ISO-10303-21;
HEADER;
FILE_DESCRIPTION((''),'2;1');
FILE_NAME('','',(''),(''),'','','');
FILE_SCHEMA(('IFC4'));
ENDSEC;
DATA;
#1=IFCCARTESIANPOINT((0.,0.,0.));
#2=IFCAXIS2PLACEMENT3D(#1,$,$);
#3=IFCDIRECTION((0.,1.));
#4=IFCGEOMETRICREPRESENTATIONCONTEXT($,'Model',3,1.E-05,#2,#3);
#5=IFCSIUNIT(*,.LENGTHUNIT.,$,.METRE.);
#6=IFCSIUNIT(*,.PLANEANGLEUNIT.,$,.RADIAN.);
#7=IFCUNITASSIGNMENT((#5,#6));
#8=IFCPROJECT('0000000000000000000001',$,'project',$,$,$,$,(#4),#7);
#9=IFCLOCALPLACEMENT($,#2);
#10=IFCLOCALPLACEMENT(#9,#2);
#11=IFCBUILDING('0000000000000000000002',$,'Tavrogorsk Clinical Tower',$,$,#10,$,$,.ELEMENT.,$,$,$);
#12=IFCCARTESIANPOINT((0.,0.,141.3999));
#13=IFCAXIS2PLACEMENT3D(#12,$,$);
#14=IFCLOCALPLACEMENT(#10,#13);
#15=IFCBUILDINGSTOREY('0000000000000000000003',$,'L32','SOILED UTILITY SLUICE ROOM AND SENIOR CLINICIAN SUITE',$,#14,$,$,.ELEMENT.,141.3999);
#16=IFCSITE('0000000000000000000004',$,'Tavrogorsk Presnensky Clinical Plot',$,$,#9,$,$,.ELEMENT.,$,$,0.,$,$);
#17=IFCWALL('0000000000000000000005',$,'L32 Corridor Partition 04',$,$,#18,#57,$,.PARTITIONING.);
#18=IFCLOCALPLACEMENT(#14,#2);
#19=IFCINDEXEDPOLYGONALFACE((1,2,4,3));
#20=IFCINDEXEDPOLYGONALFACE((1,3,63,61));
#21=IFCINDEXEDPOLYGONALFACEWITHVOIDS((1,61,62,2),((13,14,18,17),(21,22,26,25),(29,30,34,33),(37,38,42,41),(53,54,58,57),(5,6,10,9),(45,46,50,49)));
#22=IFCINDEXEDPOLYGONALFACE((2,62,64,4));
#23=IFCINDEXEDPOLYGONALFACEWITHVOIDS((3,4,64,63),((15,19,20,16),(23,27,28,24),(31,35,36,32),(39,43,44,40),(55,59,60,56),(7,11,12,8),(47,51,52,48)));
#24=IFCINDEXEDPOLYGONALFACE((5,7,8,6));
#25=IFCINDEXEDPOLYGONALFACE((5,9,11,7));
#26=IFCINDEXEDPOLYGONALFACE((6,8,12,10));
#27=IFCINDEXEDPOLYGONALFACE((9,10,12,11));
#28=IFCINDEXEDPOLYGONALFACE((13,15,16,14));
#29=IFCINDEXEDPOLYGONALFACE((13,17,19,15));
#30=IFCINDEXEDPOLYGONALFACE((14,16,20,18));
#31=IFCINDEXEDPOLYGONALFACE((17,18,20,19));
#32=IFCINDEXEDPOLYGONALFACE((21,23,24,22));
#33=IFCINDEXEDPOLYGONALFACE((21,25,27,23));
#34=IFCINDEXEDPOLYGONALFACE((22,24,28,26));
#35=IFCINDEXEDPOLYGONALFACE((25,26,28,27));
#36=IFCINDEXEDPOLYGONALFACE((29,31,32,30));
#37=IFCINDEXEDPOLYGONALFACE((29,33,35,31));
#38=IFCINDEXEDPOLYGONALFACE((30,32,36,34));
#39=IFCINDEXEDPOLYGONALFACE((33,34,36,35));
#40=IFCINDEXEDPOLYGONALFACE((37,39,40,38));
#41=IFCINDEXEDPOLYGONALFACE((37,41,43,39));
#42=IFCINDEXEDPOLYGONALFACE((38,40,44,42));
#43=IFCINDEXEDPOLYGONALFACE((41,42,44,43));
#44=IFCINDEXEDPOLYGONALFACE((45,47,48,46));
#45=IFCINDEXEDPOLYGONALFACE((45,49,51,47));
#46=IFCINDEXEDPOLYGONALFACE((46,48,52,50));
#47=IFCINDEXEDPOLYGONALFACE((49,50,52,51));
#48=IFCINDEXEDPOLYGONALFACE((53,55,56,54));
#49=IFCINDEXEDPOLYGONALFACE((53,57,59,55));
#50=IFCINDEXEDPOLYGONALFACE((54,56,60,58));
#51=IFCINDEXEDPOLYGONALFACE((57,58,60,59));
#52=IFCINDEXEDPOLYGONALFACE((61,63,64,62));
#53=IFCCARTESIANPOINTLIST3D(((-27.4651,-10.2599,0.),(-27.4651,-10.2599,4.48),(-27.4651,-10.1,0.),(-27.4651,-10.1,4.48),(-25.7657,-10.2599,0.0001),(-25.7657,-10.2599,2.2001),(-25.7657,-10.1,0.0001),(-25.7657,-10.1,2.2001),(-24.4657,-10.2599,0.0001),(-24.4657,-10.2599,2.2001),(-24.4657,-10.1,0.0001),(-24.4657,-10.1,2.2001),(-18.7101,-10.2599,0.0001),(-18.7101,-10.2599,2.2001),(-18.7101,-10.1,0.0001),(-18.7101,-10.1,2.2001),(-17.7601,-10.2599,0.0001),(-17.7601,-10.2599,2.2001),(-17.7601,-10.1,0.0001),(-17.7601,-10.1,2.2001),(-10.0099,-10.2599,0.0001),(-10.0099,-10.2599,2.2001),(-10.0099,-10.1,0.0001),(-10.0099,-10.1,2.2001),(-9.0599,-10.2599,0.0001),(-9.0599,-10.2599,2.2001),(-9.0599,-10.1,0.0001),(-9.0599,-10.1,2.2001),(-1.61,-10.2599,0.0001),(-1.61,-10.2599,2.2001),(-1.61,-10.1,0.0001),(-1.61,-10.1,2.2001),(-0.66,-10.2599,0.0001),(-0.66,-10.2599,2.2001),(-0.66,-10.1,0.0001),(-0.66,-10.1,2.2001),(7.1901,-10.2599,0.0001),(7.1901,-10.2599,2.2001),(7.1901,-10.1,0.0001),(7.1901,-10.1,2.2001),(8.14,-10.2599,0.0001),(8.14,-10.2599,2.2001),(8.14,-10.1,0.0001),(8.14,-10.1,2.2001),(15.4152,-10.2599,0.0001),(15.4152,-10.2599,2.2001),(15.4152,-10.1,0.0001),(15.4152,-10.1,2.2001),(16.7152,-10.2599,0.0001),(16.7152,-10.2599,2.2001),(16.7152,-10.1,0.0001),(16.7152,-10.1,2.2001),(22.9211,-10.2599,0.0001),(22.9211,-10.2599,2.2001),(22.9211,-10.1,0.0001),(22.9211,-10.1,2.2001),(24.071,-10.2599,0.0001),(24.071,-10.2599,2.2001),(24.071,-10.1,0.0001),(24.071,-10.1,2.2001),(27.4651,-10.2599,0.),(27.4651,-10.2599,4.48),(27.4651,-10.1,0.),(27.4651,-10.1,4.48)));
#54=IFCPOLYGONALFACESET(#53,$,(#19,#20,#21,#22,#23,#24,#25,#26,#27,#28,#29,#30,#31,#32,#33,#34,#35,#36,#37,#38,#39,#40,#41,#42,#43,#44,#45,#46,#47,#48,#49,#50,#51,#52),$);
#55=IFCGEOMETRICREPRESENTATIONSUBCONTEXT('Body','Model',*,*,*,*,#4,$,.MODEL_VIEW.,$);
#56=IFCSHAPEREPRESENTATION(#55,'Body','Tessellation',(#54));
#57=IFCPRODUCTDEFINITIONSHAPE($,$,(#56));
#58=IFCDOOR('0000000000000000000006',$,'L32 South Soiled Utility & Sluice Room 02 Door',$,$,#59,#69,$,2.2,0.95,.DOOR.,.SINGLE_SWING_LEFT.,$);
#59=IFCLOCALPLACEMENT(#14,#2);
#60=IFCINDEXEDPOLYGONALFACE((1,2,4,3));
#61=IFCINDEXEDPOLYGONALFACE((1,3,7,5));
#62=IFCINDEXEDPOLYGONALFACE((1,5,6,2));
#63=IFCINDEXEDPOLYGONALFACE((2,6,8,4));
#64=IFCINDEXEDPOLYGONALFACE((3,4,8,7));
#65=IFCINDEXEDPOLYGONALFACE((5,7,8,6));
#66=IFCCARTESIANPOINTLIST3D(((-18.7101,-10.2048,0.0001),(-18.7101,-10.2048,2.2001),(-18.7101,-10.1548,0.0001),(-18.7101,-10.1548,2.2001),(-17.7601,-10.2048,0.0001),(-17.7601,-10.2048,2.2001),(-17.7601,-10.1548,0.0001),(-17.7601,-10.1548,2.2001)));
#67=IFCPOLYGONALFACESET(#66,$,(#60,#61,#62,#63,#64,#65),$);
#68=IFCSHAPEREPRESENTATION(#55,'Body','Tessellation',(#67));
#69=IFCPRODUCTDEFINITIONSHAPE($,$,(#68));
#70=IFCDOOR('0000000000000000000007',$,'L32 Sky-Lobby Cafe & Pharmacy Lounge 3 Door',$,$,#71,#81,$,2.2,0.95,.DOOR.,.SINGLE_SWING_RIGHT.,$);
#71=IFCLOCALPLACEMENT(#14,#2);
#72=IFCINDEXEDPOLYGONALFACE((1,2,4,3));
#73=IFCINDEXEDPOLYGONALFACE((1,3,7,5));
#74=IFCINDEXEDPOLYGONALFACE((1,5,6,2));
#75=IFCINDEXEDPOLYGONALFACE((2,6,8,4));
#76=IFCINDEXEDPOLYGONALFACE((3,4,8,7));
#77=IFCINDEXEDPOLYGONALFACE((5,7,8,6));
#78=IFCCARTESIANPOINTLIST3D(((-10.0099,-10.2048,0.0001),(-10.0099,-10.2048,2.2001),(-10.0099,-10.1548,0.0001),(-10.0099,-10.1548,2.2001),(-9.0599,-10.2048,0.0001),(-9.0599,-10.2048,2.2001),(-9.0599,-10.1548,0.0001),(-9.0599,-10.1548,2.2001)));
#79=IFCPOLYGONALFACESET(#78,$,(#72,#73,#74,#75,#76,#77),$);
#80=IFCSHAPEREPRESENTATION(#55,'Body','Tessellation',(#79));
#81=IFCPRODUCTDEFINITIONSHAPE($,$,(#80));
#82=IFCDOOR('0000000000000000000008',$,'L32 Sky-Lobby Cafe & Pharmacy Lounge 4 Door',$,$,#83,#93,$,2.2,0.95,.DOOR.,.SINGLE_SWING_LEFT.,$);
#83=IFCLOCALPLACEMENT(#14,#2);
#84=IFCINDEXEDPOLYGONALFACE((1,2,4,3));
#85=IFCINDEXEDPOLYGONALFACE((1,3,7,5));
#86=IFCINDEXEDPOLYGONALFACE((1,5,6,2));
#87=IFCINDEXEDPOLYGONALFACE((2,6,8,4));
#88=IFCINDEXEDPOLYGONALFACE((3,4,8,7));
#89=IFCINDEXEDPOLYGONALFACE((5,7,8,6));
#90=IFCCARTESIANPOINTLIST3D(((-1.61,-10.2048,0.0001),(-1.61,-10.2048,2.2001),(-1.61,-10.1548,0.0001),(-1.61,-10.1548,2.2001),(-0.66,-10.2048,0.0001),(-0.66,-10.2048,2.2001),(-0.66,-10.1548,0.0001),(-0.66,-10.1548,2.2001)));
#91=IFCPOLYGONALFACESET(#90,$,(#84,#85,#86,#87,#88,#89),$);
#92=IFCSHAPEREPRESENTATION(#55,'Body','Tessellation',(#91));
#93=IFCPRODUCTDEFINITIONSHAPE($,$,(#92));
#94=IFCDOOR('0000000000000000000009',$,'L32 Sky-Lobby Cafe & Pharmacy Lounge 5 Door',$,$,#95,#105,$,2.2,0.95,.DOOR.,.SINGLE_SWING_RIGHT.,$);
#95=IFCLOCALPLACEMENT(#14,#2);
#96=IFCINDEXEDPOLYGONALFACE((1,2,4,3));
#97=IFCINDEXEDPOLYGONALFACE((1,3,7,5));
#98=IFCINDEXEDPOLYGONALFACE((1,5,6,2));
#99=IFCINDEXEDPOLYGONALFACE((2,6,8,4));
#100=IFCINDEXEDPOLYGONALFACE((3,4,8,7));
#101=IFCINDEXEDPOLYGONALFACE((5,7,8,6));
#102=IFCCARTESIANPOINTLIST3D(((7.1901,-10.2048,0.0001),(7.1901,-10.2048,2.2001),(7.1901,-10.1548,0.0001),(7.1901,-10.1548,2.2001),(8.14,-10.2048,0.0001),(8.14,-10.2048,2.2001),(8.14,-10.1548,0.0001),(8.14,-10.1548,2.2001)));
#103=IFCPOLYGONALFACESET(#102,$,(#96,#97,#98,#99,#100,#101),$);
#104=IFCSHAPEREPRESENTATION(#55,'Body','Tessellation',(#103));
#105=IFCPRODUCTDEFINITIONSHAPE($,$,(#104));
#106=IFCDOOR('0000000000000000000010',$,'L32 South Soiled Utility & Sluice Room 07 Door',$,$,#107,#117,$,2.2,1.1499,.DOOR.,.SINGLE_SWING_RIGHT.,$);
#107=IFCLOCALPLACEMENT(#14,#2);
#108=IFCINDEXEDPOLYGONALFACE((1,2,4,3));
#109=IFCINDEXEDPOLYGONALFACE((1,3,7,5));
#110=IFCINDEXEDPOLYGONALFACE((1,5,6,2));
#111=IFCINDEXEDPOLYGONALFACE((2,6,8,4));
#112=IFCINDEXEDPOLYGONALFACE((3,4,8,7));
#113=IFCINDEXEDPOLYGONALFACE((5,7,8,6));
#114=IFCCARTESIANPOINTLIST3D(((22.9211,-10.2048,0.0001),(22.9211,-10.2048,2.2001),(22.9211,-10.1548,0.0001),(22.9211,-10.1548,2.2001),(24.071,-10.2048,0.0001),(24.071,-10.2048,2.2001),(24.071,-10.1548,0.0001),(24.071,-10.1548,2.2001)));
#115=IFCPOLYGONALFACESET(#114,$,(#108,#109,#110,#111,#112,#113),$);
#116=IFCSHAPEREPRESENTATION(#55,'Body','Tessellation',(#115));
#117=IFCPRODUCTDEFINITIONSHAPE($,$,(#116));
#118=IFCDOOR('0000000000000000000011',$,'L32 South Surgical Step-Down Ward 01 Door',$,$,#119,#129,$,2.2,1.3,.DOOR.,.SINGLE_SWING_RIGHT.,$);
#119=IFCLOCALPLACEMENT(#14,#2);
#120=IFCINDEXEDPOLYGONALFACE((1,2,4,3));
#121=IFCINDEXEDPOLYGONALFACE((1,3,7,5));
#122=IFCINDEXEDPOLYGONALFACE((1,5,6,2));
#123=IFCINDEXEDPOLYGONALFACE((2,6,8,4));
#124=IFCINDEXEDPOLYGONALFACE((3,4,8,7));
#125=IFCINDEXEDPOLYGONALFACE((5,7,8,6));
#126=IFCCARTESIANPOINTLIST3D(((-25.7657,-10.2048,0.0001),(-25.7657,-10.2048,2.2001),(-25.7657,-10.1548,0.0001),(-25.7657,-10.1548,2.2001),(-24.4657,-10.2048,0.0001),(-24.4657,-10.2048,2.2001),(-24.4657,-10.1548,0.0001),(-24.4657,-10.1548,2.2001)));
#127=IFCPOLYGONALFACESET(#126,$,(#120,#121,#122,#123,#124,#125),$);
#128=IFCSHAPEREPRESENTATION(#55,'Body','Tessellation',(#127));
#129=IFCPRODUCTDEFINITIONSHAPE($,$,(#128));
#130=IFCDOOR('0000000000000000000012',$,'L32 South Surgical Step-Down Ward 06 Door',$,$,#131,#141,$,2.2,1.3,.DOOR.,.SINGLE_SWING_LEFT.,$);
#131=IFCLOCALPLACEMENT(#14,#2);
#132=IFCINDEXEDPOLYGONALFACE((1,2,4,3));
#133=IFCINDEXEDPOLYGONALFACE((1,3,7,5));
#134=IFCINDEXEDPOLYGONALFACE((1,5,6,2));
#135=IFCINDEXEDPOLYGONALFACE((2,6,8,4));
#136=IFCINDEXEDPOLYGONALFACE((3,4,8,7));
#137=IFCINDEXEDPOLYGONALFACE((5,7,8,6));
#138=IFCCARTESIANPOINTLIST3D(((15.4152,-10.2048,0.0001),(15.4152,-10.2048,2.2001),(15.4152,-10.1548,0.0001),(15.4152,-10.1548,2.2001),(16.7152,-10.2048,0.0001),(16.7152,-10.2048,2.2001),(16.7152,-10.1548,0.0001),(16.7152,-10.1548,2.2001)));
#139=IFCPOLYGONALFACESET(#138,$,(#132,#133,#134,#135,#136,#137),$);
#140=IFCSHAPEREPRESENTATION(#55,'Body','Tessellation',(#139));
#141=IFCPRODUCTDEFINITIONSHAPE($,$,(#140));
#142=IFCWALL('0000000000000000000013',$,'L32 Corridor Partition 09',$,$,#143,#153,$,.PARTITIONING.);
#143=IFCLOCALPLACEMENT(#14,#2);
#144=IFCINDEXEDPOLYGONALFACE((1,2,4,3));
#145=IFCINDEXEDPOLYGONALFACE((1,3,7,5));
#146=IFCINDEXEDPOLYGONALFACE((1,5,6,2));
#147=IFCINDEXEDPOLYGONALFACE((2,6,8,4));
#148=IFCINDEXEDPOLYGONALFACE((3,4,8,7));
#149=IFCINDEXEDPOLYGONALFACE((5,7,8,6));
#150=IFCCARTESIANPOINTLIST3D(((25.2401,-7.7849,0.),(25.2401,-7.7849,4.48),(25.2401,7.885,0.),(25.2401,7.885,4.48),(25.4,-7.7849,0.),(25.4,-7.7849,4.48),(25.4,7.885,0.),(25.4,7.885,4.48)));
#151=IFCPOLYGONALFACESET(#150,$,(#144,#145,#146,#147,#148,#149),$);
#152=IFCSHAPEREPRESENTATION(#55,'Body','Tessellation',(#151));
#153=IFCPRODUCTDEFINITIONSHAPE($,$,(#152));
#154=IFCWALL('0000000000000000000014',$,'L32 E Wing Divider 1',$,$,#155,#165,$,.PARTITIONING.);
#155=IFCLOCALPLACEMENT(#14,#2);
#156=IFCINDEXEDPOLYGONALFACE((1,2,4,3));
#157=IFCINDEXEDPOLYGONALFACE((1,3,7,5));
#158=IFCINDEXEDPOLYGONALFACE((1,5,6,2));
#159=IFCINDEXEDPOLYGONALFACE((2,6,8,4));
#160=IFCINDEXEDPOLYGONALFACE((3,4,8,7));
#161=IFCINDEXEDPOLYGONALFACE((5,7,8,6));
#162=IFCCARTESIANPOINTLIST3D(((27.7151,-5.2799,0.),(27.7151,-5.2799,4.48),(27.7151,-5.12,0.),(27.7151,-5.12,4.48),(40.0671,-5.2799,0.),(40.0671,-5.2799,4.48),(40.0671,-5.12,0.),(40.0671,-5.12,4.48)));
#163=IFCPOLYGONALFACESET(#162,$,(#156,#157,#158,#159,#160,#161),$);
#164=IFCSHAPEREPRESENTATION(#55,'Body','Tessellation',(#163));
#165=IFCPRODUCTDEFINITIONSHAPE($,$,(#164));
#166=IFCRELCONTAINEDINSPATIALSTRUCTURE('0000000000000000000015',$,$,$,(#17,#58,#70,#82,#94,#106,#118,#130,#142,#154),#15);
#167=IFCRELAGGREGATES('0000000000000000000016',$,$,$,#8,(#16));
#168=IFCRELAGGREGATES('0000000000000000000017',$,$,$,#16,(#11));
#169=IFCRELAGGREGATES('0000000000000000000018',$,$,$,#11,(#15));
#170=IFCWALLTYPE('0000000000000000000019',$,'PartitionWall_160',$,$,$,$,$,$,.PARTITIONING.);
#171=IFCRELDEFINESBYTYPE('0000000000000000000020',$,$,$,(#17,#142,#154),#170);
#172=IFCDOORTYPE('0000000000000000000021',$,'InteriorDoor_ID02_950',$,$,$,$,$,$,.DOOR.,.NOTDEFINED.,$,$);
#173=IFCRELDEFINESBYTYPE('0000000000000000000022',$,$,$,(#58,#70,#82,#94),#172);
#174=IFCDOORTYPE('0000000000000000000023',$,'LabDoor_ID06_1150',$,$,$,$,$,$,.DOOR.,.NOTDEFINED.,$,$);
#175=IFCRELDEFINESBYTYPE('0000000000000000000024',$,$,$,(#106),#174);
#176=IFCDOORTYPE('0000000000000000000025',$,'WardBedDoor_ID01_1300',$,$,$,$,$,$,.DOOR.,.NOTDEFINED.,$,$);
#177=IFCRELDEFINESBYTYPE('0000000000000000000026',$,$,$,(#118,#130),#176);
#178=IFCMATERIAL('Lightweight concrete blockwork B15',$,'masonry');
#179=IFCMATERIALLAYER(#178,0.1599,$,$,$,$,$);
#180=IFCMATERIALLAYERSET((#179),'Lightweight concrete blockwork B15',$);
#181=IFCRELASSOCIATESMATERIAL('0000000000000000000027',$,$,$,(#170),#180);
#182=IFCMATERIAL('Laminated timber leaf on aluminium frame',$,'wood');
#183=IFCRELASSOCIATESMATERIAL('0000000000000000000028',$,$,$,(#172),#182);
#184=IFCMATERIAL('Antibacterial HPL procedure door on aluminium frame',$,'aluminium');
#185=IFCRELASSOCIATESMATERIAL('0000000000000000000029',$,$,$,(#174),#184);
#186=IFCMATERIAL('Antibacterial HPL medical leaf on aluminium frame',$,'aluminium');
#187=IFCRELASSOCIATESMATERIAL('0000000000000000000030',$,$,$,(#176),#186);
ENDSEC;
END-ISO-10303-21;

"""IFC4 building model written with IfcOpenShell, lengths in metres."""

from ifc_helpers import new_model, si_unit, direction, frame, frame_2d, origin, place, context, subcontext, project, spatial, rectangle, extrude, material, layer, layer_set, type_object, element, fill, save


model = new_model("IFC4")

# Units and contexts
model_context = context("Model", 3, precision=1e-05, world=origin(), true_north=direction((0.0, 1.0)))
body_context = subcontext(model_context, "Body", "Model", "MODEL_VIEW")
ifc_project = project(units=[si_unit("LENGTHUNIT", "METRE"), si_unit("PLANEANGLEUNIT", "RADIAN")], contexts=[model_context])

# Site, building, storey
site_placement = place(None, origin())
site = spatial("IfcSite", under=ifc_project, at=site_placement, Name="Tavrogorsk Presnensky Clinical Plot", CompositionType="ELEMENT", RefElevation=0.0)
building_placement = place(site_placement, origin())
building = spatial("IfcBuilding", under=site, at=building_placement, Name="Tavrogorsk Clinical Tower", CompositionType="ELEMENT")
storey_placement = place(building_placement, frame((0.0, 0.0, 141.3999)))
storey = spatial("IfcBuildingStorey", under=building, at=storey_placement, Name="L32", Description="SOILED UTILITY SLUICE ROOM AND SENIOR CLINICIAN SUITE", CompositionType="ELEMENT", Elevation=141.3999)

# Wall, openings, doors
ifc_material_1 = material(Name="Lightweight concrete blockwork B15", Category="masonry")
ifc_layer_1 = layer(ifc_material_1, 0.1599)
ifc_layer_set_1 = layer_set([ifc_layer_1], Name="Lightweight concrete blockwork B15")
wall_type_1 = type_object("IfcWallType", Name="PartitionWall_160", PredefinedType="PARTITIONING", material=ifc_layer_set_1)
wall_1_placement = place(storey_placement, frame((27.4651, -10.1799, 0.0), z_axis=(0.0, 0.0, 1.0), x_axis=(-1.0, 0.0, 0.0)))
wall_1 = element("IfcWall", 1, at=wall_1_placement, inside=storey, type_object=wall_type_1, Name="L32 Corridor Partition 04", PredefinedType="PARTITIONING", context=body_context, shape_type="SweptSolid", body=[
    extrude(rectangle(XDim=54.9302, YDim=0.1599, at=frame_2d((27.4651, 0.0))), origin(), (0.0, 0.0, 1.0), 4.48),
])
opening_1_placement = place(wall_1_placement, frame((51.9309, 0.0, 0.0)))
opening_1 = element("IfcOpeningElement", 2, at=opening_1_placement, cuts=wall_1, PredefinedType="OPENING", context=body_context, shape_type="SweptSolid", body=[
    extrude(rectangle(XDim=1.3, YDim=2.2, at=frame_2d((0.6499, 1.1001))), frame((0.0, 0.0898, 0.0), z_axis=(0.0, -1.0, 0.0), x_axis=(1.0, 0.0, 0.0)), (0.0, 0.0, 1.0), 0.1799),
])
opening_2_placement = place(wall_1_placement, frame((45.2251, 0.0, 0.0)))
opening_2 = element("IfcOpeningElement", 3, at=opening_2_placement, cuts=wall_1, PredefinedType="OPENING", context=body_context, shape_type="SweptSolid", body=[
    extrude(rectangle(XDim=0.95, YDim=2.2, at=frame_2d((0.4751, 1.1001))), frame((0.0, 0.0898, 0.0), z_axis=(0.0, -1.0, 0.0), x_axis=(1.0, 0.0, 0.0)), (0.0, 0.0, 1.0), 0.1799),
])
opening_3_placement = place(wall_1_placement, frame((36.5249, 0.0, 0.0)))
opening_3 = element("IfcOpeningElement", 4, at=opening_3_placement, cuts=wall_1, PredefinedType="OPENING", context=body_context, shape_type="SweptSolid", body=[
    extrude(rectangle(XDim=0.95, YDim=2.2, at=frame_2d((0.4751, 1.1001))), frame((0.0, 0.0898, 0.0), z_axis=(0.0, -1.0, 0.0), x_axis=(1.0, 0.0, 0.0)), (0.0, 0.0, 1.0), 0.1799),
])
opening_4_placement = place(wall_1_placement, frame((28.125, 0.0, 0.0)))
opening_4 = element("IfcOpeningElement", 5, at=opening_4_placement, cuts=wall_1, PredefinedType="OPENING", context=body_context, shape_type="SweptSolid", body=[
    extrude(rectangle(XDim=0.95, YDim=2.2, at=frame_2d((0.4751, 1.1001))), frame((0.0, 0.0898, 0.0), z_axis=(0.0, -1.0, 0.0), x_axis=(1.0, 0.0, 0.0)), (0.0, 0.0, 1.0), 0.1799),
])
opening_5_placement = place(wall_1_placement, frame((19.325, 0.0, 0.0)))
opening_5 = element("IfcOpeningElement", 6, at=opening_5_placement, cuts=wall_1, PredefinedType="OPENING", context=body_context, shape_type="SweptSolid", body=[
    extrude(rectangle(XDim=0.95, YDim=2.2, at=frame_2d((0.4751, 1.1001))), frame((0.0, 0.0898, 0.0), z_axis=(0.0, -1.0, 0.0), x_axis=(1.0, 0.0, 0.0)), (0.0, 0.0, 1.0), 0.1799),
])
opening_6_placement = place(wall_1_placement, frame((10.75, 0.0, 0.0)))
opening_6 = element("IfcOpeningElement", 7, at=opening_6_placement, cuts=wall_1, PredefinedType="OPENING", context=body_context, shape_type="SweptSolid", body=[
    extrude(rectangle(XDim=1.3, YDim=2.2, at=frame_2d((0.6499, 1.1001))), frame((0.0, 0.0898, 0.0), z_axis=(0.0, -1.0, 0.0), x_axis=(1.0, 0.0, 0.0)), (0.0, 0.0, 1.0), 0.1799),
])
opening_7_placement = place(wall_1_placement, frame((3.394, 0.0, 0.0)))
opening_7 = element("IfcOpeningElement", 8, at=opening_7_placement, cuts=wall_1, PredefinedType="OPENING", context=body_context, shape_type="SweptSolid", body=[
    extrude(rectangle(XDim=1.1499, YDim=2.2, at=frame_2d((0.575, 1.1001))), frame((0.0, 0.0898, 0.0), z_axis=(0.0, -1.0, 0.0), x_axis=(1.0, 0.0, 0.0)), (0.0, 0.0, 1.0), 0.1799),
])
ifc_material_2 = material(Name="Laminated timber leaf on aluminium frame", Category="wood")
door_type_1 = type_object("IfcDoorType", Name="InteriorDoor_ID02_950", OperationType="NOTDEFINED", PredefinedType="DOOR", material=ifc_material_2)
door_1_placement = place(opening_2_placement, origin())
door_1 = element("IfcDoor", 9, at=door_1_placement, inside=storey, type_object=door_type_1, Name="L32 South Soiled Utility & Sluice Room 02 Door", OperationType="SINGLE_SWING_LEFT", OverallHeight=2.2, OverallWidth=0.95, PredefinedType="DOOR", context=body_context, shape_type="SweptSolid", body=[
    extrude(rectangle(XDim=0.95, YDim=2.2, at=frame_2d((0.4751, 1.1001))), frame((0.0, 0.0249, 0.0), z_axis=(0.0, -1.0, 0.0), x_axis=(1.0, 0.0, 0.0)), (0.0, 0.0, 1.0), 0.05),
])
fill(opening_2, door_1)
door_2_placement = place(opening_3_placement, origin())
door_2 = element("IfcDoor", 10, at=door_2_placement, inside=storey, type_object=door_type_1, Name="L32 Sky-Lobby Cafe & Pharmacy Lounge 3 Door", OperationType="SINGLE_SWING_RIGHT", OverallHeight=2.2, OverallWidth=0.95, PredefinedType="DOOR", context=body_context, shape_type="SweptSolid", body=[
    extrude(rectangle(XDim=0.95, YDim=2.2, at=frame_2d((0.4751, 1.1001))), frame((0.0, 0.0249, 0.0), z_axis=(0.0, -1.0, 0.0), x_axis=(1.0, 0.0, 0.0)), (0.0, 0.0, 1.0), 0.05),
])
fill(opening_3, door_2)
door_3_placement = place(opening_4_placement, origin())
door_3 = element("IfcDoor", 11, at=door_3_placement, inside=storey, type_object=door_type_1, Name="L32 Sky-Lobby Cafe & Pharmacy Lounge 4 Door", OperationType="SINGLE_SWING_LEFT", OverallHeight=2.2, OverallWidth=0.95, PredefinedType="DOOR", context=body_context, shape_type="SweptSolid", body=[
    extrude(rectangle(XDim=0.95, YDim=2.2, at=frame_2d((0.4751, 1.1001))), frame((0.0, 0.0249, 0.0), z_axis=(0.0, -1.0, 0.0), x_axis=(1.0, 0.0, 0.0)), (0.0, 0.0, 1.0), 0.05),
])
fill(opening_4, door_3)
door_4_placement = place(opening_5_placement, origin())
door_4 = element("IfcDoor", 12, at=door_4_placement, inside=storey, type_object=door_type_1, Name="L32 Sky-Lobby Cafe & Pharmacy Lounge 5 Door", OperationType="SINGLE_SWING_RIGHT", OverallHeight=2.2, OverallWidth=0.95, PredefinedType="DOOR", context=body_context, shape_type="SweptSolid", body=[
    extrude(rectangle(XDim=0.95, YDim=2.2, at=frame_2d((0.4751, 1.1001))), frame((0.0, 0.0249, 0.0), z_axis=(0.0, -1.0, 0.0), x_axis=(1.0, 0.0, 0.0)), (0.0, 0.0, 1.0), 0.05),
])
fill(opening_5, door_4)
ifc_material_3 = material(Name="Antibacterial HPL procedure door on aluminium frame", Category="aluminium")
door_type_2 = type_object("IfcDoorType", Name="LabDoor_ID06_1150", OperationType="NOTDEFINED", PredefinedType="DOOR", material=ifc_material_3)
door_5_placement = place(opening_7_placement, origin())
door_5 = element("IfcDoor", 13, at=door_5_placement, inside=storey, type_object=door_type_2, Name="L32 South Soiled Utility & Sluice Room 07 Door", OperationType="SINGLE_SWING_RIGHT", OverallHeight=2.2, OverallWidth=1.1499, PredefinedType="DOOR", context=body_context, shape_type="SweptSolid", body=[
    extrude(rectangle(XDim=1.1499, YDim=2.2, at=frame_2d((0.575, 1.1001))), frame((0.0, 0.0249, 0.0), z_axis=(0.0, -1.0, 0.0), x_axis=(1.0, 0.0, 0.0)), (0.0, 0.0, 1.0), 0.05),
])
fill(opening_7, door_5)
ifc_material_4 = material(Name="Antibacterial HPL medical leaf on aluminium frame", Category="aluminium")
door_type_3 = type_object("IfcDoorType", Name="WardBedDoor_ID01_1300", OperationType="NOTDEFINED", PredefinedType="DOOR", material=ifc_material_4)
door_6_placement = place(opening_1_placement, origin())
door_6 = element("IfcDoor", 14, at=door_6_placement, inside=storey, type_object=door_type_3, Name="L32 South Surgical Step-Down Ward 01 Door", OperationType="SINGLE_SWING_RIGHT", OverallHeight=2.2, OverallWidth=1.3, PredefinedType="DOOR", context=body_context, shape_type="SweptSolid", body=[
    extrude(rectangle(XDim=1.3, YDim=2.2, at=frame_2d((0.6499, 1.1001))), frame((0.0, 0.0249, 0.0), z_axis=(0.0, -1.0, 0.0), x_axis=(1.0, 0.0, 0.0)), (0.0, 0.0, 1.0), 0.05),
])
fill(opening_1, door_6)
door_7_placement = place(opening_6_placement, origin())
door_7 = element("IfcDoor", 15, at=door_7_placement, inside=storey, type_object=door_type_3, Name="L32 South Surgical Step-Down Ward 06 Door", OperationType="SINGLE_SWING_LEFT", OverallHeight=2.2, OverallWidth=1.3, PredefinedType="DOOR", context=body_context, shape_type="SweptSolid", body=[
    extrude(rectangle(XDim=1.3, YDim=2.2, at=frame_2d((0.6499, 1.1001))), frame((0.0, 0.0249, 0.0), z_axis=(0.0, -1.0, 0.0), x_axis=(1.0, 0.0, 0.0)), (0.0, 0.0, 1.0), 0.05),
])
fill(opening_6, door_7)

# Walls
wall_2_placement = place(storey_placement, frame((25.3201, -7.7849, 0.0), z_axis=(0.0, 0.0, 1.0), x_axis=(0.0, 1.0, 0.0)))
element("IfcWall", 16, at=wall_2_placement, inside=storey, type_object=wall_type_1, Name="L32 Corridor Partition 09", PredefinedType="PARTITIONING", context=body_context, shape_type="SweptSolid", body=[
    extrude(rectangle(XDim=15.6699, YDim=0.1599, at=frame_2d((7.835, 0.0))), origin(), (0.0, 0.0, 1.0), 4.48),
])
wall_3_placement = place(storey_placement, frame((27.7151, -5.2, 0.0), z_axis=(0.0, 0.0, 1.0), x_axis=(1.0, 0.0, 0.0)))
element("IfcWall", 17, at=wall_3_placement, inside=storey, type_object=wall_type_1, Name="L32 E Wing Divider 1", PredefinedType="PARTITIONING", context=body_context, shape_type="SweptSolid", body=[
    extrude(rectangle(XDim=12.3521, YDim=0.1599, at=frame_2d((6.176, 0.0))), origin(), (0.0, 0.0, 1.0), 4.48),
])

save(model, "model.ifc")
